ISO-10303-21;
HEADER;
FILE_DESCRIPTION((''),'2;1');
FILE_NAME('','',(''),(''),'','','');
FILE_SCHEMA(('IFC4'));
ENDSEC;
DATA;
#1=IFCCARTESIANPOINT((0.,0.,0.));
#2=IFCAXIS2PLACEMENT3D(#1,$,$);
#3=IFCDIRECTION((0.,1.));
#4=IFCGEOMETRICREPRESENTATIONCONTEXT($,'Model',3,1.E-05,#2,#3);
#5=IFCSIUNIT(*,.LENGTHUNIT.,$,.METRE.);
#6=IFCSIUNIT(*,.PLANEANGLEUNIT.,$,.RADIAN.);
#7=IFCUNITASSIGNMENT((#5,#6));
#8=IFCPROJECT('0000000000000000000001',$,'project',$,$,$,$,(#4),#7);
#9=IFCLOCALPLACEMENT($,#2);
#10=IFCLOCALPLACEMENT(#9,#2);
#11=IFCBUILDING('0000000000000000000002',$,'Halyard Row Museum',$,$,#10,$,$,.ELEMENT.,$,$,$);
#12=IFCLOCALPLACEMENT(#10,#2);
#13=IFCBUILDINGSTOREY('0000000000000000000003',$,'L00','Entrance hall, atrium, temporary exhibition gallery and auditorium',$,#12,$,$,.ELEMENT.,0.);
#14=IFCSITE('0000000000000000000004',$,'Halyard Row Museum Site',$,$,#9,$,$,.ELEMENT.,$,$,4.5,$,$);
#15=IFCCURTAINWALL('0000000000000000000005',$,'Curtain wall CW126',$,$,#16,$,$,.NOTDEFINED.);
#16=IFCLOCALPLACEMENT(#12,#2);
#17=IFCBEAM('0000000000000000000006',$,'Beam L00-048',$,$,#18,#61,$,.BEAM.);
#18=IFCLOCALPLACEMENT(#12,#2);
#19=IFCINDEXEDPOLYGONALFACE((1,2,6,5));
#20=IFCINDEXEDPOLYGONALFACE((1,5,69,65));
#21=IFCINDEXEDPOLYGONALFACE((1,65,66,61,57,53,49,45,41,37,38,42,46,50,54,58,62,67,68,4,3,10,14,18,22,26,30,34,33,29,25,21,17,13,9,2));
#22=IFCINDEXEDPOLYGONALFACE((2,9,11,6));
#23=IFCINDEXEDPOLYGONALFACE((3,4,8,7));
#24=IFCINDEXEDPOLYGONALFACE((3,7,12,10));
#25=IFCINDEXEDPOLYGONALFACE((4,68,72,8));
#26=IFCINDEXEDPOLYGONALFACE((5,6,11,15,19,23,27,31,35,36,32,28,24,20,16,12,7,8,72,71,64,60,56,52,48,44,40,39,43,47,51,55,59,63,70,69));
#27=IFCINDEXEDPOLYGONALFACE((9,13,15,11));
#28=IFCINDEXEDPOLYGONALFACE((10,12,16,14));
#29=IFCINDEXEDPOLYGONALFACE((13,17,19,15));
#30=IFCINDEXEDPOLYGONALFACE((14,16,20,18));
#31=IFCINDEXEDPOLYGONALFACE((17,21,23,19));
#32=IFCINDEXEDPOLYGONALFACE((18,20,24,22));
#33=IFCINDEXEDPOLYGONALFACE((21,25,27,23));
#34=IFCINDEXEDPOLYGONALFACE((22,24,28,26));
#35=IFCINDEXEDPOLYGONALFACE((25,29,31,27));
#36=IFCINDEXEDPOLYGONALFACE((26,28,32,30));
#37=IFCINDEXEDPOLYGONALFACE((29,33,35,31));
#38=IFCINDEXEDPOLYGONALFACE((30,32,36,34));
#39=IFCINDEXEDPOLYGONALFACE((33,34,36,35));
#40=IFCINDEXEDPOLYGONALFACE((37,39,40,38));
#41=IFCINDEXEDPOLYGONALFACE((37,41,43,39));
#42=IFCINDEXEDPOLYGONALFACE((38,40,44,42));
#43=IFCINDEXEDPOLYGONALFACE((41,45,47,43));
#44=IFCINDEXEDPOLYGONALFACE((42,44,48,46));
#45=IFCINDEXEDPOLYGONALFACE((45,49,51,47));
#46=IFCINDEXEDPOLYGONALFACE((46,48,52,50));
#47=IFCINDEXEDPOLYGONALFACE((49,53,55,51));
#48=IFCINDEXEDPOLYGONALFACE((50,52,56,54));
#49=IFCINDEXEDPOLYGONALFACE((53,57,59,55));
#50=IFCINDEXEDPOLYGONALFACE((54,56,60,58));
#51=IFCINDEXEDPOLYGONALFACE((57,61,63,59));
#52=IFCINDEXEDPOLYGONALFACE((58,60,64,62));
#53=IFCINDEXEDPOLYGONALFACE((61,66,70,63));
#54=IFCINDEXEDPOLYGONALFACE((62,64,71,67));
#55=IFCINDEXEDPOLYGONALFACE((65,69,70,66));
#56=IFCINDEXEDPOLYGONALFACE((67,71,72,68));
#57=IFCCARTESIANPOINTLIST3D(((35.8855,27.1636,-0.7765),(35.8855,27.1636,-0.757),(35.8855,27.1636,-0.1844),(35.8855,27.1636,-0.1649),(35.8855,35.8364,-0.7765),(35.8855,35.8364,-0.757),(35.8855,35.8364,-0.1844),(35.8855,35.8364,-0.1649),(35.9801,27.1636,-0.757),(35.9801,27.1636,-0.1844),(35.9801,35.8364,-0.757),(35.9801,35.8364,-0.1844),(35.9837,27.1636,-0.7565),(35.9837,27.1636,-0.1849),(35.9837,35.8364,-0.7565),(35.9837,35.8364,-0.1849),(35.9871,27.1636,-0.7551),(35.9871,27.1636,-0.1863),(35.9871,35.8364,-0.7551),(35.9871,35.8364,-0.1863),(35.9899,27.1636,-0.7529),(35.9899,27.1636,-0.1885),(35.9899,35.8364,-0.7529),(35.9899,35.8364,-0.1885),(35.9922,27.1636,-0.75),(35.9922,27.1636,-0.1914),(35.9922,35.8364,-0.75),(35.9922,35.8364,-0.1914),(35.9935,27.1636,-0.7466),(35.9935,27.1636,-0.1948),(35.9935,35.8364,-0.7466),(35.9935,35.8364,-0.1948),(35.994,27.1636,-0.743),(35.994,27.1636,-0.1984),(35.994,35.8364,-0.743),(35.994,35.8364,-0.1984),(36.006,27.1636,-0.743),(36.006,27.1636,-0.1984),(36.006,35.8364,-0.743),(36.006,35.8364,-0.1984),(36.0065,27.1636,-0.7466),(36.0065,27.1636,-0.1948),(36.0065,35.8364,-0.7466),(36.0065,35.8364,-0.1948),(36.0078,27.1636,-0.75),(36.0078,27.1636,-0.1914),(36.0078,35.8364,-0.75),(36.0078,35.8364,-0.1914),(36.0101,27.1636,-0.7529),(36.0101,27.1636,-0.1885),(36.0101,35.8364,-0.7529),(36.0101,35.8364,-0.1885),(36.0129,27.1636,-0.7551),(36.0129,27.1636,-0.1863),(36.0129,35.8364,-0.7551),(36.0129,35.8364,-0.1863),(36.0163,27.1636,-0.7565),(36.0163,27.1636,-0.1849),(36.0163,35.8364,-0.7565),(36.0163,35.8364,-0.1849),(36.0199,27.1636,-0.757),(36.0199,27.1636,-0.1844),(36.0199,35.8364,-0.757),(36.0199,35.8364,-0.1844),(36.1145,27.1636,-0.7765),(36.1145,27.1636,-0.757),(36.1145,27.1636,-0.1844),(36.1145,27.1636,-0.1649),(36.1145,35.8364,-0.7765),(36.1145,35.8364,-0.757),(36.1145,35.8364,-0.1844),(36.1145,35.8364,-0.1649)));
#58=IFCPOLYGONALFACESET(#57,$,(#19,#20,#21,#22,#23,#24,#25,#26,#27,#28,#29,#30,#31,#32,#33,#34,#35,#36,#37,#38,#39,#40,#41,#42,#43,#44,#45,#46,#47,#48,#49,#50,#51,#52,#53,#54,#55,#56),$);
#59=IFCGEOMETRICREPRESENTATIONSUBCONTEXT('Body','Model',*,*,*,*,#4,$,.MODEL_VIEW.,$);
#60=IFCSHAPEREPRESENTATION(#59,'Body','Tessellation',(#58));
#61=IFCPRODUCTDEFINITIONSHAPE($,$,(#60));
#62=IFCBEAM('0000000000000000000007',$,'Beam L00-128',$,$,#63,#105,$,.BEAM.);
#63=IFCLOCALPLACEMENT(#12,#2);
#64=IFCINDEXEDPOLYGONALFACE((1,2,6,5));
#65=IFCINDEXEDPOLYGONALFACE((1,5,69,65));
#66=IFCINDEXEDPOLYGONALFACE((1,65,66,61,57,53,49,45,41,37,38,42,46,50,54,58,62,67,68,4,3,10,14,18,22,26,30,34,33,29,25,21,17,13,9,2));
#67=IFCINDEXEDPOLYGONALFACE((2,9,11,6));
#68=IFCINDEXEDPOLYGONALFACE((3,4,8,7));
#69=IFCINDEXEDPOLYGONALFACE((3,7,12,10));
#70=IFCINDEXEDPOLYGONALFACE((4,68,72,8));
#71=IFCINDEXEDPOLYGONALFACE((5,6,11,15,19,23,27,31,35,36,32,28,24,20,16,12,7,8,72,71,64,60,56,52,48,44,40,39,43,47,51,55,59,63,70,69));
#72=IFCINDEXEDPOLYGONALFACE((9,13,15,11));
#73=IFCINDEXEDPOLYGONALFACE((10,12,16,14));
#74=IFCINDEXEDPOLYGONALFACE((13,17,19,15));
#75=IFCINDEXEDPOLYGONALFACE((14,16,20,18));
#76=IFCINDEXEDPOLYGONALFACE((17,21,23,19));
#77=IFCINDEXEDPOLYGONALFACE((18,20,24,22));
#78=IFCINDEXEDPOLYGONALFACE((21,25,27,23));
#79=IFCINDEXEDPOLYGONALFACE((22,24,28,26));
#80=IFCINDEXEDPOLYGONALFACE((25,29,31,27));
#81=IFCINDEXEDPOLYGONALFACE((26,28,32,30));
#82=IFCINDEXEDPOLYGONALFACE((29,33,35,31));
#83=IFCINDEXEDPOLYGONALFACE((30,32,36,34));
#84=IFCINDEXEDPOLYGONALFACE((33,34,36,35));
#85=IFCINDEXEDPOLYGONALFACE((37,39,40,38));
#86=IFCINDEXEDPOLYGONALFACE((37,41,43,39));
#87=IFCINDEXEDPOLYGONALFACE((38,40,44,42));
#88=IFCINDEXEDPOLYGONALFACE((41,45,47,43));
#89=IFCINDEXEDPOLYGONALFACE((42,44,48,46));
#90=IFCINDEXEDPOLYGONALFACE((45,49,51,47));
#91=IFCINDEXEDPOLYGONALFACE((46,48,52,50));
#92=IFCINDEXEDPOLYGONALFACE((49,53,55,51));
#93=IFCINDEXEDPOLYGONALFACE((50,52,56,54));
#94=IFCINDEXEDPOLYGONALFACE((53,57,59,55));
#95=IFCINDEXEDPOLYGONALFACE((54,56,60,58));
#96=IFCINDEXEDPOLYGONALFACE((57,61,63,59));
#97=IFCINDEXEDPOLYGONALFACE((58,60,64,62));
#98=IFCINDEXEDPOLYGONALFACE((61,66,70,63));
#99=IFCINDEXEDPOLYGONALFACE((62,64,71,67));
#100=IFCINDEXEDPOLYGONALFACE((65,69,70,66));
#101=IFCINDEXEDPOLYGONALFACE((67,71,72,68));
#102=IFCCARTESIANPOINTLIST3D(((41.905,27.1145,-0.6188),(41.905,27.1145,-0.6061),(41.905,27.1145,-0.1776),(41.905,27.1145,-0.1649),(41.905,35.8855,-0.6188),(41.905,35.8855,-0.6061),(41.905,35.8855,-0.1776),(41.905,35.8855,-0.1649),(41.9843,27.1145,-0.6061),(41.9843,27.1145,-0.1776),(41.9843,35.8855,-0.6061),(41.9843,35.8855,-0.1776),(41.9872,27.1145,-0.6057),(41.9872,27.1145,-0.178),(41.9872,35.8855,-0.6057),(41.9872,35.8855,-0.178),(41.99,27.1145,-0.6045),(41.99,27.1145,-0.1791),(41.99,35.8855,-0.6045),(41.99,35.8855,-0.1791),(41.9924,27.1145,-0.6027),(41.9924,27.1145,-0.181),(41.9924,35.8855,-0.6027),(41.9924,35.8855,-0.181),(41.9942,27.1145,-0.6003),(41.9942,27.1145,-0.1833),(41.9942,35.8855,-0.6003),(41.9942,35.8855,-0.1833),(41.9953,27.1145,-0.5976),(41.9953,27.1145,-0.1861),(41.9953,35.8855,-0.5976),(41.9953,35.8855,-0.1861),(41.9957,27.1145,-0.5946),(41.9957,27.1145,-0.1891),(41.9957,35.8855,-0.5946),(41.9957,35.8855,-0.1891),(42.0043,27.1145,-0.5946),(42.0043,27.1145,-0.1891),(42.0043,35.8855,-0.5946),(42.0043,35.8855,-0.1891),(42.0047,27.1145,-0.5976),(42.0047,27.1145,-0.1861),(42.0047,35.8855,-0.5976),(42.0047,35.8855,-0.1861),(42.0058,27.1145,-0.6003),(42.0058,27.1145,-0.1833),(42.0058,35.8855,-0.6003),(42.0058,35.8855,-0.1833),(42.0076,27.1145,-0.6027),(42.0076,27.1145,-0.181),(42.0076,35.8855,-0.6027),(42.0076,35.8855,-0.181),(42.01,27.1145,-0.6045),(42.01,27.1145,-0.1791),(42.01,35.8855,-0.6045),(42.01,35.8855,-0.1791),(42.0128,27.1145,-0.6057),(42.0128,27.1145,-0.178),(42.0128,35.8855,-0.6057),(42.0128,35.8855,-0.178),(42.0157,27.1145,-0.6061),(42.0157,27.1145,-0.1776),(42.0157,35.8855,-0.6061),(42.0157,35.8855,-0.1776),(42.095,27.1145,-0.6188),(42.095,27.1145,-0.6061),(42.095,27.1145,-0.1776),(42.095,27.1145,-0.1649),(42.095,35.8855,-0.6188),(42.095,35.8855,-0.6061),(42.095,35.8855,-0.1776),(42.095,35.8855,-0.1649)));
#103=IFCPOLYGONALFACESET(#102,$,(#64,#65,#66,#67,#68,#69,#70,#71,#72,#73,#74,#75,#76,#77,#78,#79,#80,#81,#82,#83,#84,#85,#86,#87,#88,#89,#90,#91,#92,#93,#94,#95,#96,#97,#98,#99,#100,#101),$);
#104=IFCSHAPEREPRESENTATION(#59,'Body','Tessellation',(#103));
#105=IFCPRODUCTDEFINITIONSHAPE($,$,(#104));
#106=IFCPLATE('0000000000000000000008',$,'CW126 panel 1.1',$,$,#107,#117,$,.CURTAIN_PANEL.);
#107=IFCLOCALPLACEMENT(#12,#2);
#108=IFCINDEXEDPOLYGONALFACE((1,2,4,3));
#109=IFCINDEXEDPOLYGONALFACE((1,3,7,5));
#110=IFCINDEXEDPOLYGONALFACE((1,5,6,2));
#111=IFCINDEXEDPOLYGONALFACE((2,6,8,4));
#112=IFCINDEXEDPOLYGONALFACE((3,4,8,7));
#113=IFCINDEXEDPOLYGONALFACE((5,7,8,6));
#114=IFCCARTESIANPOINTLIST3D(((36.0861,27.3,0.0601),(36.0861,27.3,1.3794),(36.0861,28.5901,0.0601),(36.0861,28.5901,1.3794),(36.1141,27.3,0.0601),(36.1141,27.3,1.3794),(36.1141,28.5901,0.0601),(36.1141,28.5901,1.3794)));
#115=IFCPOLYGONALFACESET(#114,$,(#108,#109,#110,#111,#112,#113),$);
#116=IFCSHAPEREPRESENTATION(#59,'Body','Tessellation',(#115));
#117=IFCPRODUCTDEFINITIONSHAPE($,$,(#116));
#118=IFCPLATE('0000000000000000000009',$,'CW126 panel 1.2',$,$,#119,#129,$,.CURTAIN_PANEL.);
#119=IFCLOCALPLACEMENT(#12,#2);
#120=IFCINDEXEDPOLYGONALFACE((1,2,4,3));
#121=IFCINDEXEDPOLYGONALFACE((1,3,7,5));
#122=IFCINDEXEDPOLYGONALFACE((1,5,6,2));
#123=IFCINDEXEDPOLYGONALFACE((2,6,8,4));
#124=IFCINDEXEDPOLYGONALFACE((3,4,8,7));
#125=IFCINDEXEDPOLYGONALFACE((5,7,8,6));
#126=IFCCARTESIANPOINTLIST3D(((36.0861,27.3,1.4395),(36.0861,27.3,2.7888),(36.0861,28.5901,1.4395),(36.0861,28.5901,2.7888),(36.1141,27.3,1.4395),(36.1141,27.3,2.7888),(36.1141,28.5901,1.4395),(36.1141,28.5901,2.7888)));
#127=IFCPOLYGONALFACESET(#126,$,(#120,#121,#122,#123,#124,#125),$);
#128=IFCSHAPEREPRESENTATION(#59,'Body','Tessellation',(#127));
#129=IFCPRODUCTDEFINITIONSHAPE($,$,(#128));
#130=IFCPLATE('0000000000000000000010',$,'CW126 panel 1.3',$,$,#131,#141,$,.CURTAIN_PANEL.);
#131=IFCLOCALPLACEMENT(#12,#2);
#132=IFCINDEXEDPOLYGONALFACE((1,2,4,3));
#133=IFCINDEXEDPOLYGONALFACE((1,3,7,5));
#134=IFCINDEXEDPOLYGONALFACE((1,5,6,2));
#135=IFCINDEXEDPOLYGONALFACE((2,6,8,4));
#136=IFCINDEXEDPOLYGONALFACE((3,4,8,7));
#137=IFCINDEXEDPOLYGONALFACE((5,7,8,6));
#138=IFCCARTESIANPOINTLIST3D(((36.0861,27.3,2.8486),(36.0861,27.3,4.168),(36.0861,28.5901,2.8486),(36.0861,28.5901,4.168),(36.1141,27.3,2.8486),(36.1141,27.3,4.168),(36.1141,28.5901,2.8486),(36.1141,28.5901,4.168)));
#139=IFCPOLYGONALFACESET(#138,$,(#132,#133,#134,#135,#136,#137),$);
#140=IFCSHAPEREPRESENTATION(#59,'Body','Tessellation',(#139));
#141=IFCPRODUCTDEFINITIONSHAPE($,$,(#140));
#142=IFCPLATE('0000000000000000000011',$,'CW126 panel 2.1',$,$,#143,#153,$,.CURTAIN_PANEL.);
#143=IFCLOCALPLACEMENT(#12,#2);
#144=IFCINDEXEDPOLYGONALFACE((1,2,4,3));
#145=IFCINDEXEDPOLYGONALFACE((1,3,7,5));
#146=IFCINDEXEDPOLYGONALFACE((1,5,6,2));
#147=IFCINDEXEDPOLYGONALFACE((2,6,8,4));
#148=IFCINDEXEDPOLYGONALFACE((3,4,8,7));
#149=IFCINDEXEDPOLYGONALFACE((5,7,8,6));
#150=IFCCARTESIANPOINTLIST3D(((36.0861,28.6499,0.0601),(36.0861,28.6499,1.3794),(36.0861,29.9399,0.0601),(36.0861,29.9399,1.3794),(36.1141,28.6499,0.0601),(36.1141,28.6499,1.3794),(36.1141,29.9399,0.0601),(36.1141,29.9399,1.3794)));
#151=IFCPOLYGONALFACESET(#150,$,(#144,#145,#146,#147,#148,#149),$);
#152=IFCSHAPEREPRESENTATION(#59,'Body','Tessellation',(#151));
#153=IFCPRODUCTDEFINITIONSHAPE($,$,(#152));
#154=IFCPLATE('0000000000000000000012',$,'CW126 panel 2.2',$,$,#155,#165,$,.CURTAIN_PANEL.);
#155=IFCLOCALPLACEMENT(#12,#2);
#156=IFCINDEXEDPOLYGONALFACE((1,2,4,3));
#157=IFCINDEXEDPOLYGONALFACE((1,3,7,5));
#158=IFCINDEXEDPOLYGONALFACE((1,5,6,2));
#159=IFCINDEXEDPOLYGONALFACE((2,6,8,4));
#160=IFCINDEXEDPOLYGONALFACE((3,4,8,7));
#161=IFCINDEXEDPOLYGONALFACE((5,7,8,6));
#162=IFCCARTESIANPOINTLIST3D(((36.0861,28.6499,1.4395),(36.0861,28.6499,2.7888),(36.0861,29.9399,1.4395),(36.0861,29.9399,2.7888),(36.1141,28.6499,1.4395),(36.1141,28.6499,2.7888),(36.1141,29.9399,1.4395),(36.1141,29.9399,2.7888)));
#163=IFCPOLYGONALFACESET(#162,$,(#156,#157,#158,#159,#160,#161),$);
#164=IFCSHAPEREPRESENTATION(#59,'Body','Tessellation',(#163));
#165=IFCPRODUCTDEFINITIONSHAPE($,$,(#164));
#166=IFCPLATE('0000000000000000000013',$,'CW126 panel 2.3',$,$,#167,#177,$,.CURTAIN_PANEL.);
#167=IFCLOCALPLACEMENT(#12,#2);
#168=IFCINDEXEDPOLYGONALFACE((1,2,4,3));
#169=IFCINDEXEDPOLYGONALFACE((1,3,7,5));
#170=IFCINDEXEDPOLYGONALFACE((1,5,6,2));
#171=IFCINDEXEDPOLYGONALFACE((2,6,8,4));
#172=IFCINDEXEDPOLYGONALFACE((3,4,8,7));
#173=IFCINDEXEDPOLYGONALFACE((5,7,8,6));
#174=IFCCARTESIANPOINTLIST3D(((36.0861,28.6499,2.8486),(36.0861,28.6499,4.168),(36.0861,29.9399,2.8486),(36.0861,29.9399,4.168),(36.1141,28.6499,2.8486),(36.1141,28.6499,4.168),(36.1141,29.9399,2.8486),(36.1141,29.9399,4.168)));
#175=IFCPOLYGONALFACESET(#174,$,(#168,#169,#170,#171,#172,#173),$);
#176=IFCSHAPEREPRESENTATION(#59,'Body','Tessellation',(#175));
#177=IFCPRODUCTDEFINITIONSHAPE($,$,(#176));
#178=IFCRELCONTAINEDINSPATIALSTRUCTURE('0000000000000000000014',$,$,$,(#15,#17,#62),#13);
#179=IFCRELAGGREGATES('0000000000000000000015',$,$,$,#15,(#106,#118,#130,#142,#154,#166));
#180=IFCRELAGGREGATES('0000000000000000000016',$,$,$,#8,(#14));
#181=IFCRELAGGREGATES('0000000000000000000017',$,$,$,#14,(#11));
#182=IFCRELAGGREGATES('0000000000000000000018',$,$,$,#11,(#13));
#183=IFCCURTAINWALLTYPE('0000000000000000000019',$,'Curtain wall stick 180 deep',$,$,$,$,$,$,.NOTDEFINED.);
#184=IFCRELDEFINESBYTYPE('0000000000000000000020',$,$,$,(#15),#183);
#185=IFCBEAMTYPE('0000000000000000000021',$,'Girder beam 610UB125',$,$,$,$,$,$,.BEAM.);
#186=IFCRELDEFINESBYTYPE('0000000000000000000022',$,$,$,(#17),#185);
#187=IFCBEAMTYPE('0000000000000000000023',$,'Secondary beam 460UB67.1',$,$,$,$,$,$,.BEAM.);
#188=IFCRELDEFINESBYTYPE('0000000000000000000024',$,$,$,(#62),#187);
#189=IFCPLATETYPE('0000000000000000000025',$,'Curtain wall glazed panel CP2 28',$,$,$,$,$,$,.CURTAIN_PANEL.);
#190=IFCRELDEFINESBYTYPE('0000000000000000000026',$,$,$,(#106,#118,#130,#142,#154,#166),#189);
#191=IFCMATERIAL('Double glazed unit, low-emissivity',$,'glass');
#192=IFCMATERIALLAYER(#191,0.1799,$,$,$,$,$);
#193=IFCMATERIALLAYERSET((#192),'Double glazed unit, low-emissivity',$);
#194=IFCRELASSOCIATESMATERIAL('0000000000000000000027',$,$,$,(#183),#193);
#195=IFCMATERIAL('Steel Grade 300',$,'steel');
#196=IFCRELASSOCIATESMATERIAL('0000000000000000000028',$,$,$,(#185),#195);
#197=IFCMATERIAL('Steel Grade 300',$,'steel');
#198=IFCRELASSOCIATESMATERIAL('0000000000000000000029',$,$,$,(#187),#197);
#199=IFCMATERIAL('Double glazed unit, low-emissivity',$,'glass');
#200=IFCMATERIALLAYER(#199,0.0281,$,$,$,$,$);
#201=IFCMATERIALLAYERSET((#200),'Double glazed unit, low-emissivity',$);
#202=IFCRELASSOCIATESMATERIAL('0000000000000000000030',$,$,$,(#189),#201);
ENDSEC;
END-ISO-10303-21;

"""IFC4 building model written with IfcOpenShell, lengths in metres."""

from ifc_helpers import new_model, si_unit, direction, frame, origin, origin_2d, place, context, subcontext, project, spatial, rectangle, i_section, extrude, material, layer, layer_set, material_profile, profile_set, type_object, element, aggregate, save


model = new_model("IFC4")

# Units and contexts
model_context = context("Model", 3, precision=1e-05, world=origin(), true_north=direction((0.0, 1.0)))
body_context = subcontext(model_context, "Body", "Model", "MODEL_VIEW")
ifc_project = project(units=[si_unit("LENGTHUNIT", "METRE"), si_unit("PLANEANGLEUNIT", "RADIAN")], contexts=[model_context])

# Site, building, storey
site_placement = place(None, origin())
site = spatial("IfcSite", under=ifc_project, at=site_placement, Name="Halyard Row Museum Site", CompositionType="ELEMENT", RefElevation=4.5)
building_placement = place(site_placement, origin())
building = spatial("IfcBuilding", under=site, at=building_placement, Name="Halyard Row Museum", CompositionType="ELEMENT")
storey_placement = place(building_placement, origin())
storey = spatial("IfcBuildingStorey", under=building, at=storey_placement, Name="L00", Description="Entrance hall, atrium, temporary exhibition gallery and auditorium", CompositionType="ELEMENT", Elevation=0.0)

# Curtain wall
ifc_material_1 = material(Name="Double glazed unit, low-emissivity", Category="glass")
ifc_layer_1 = layer(ifc_material_1, 0.1799)
ifc_layer_set_1 = layer_set([ifc_layer_1], Name="Double glazed unit, low-emissivity")
curtain_wall_type = type_object("IfcCurtainWallType", Name="Curtain wall stick 180 deep", PredefinedType="NOTDEFINED", material=ifc_layer_set_1)
curtain_wall_1_placement = place(storey_placement, origin())
curtain_wall_1 = element("IfcCurtainWall", 1, at=curtain_wall_1_placement, inside=storey, type_object=curtain_wall_type, Name="Curtain wall CW126", PredefinedType="NOTDEFINED")

# Beams
ifc_material_2 = material(Name="Steel Grade 300", Category="steel")
ifc_material_profile_1 = material_profile(ifc_material_2, i_section(OverallWidth=0.229, OverallDepth=0.6116, WebThickness=0.012, FlangeThickness=0.0195, FilletRadius=0.0139, at=origin_2d()), Name="610UB125")
ifc_profile_set_1 = profile_set([ifc_material_profile_1], Name="Steel Grade 300")
beam_type_1 = type_object("IfcBeamType", Name="Girder beam 610UB125", PredefinedType="BEAM", material=ifc_profile_set_1)
beam_1_placement = place(storey_placement, frame((36.0, 27.1636, -0.4707), z_axis=(0.0, 1.0, 0.0), x_axis=(-1.0, 0.0, 0.0)))
element("IfcBeam", 2, at=beam_1_placement, inside=storey, type_object=beam_type_1, Name="Beam L00-048", PredefinedType="BEAM", context=body_context, shape_type="SweptSolid", body=[
    extrude(i_section(OverallWidth=0.229, OverallDepth=0.6116, WebThickness=0.012, FlangeThickness=0.0195, FilletRadius=0.0139, at=origin_2d()), origin(), (0.0, 0.0, 1.0), 8.6729),
])
ifc_material_3 = material(Name="Steel Grade 300", Category="steel")
ifc_material_profile_2 = material_profile(ifc_material_3, i_section(OverallWidth=0.1899, OverallDepth=0.4539, WebThickness=0.0085, FlangeThickness=0.0127, FilletRadius=0.0115, at=origin_2d()), Name="460UB67.1")
ifc_profile_set_2 = profile_set([ifc_material_profile_2], Name="Steel Grade 300")
beam_type_2 = type_object("IfcBeamType", Name="Secondary beam 460UB67.1", PredefinedType="BEAM", material=ifc_profile_set_2)
beam_2_placement = place(storey_placement, frame((42.0, 27.1145, -0.3918), z_axis=(0.0, 1.0, 0.0), x_axis=(-1.0, 0.0, 0.0)))
element("IfcBeam", 3, at=beam_2_placement, inside=storey, type_object=beam_type_2, Name="Beam L00-128", PredefinedType="BEAM", context=body_context, shape_type="SweptSolid", body=[
    extrude(i_section(OverallWidth=0.1899, OverallDepth=0.4539, WebThickness=0.0085, FlangeThickness=0.0127, FilletRadius=0.0115, at=origin_2d()), origin(), (0.0, 0.0, 1.0), 8.771),
])

# Plates
ifc_material_4 = material(Name="Double glazed unit, low-emissivity", Category="glass")
ifc_layer_2 = layer(ifc_material_4, 0.0281)
ifc_layer_set_2 = layer_set([ifc_layer_2], Name="Double glazed unit, low-emissivity")
plate_type = type_object("IfcPlateType", Name="Curtain wall glazed panel CP2 28", PredefinedType="CURTAIN_PANEL", material=ifc_layer_set_2)
plate_1_placement = place(storey_placement, frame((36.1001, 27.9451, 0.0601), z_axis=(0.0, 0.0, 1.0), x_axis=(0.0, 1.0, 0.0)))
plate_1 = element("IfcPlate", 4, at=plate_1_placement, type_object=plate_type, Name="CW126 panel 1.1", PredefinedType="CURTAIN_PANEL", context=body_context, shape_type="SweptSolid", body=[
    extrude(rectangle(XDim=1.29, YDim=0.0281, at=origin_2d()), origin(), (0.0, 0.0, 1.0), 1.3193),
])
plate_2_placement = place(storey_placement, frame((36.1001, 27.9451, 1.4395), z_axis=(0.0, 0.0, 1.0), x_axis=(0.0, 1.0, 0.0)))
plate_2 = element("IfcPlate", 5, at=plate_2_placement, type_object=plate_type, Name="CW126 panel 1.2", PredefinedType="CURTAIN_PANEL", context=body_context, shape_type="SweptSolid", body=[
    extrude(rectangle(XDim=1.29, YDim=0.0281, at=origin_2d()), origin(), (0.0, 0.0, 1.0), 1.3494),
])
plate_3_placement = place(storey_placement, frame((36.1001, 27.9451, 2.8486), z_axis=(0.0, 0.0, 1.0), x_axis=(0.0, 1.0, 0.0)))
plate_3 = element("IfcPlate", 6, at=plate_3_placement, type_object=plate_type, Name="CW126 panel 1.3", PredefinedType="CURTAIN_PANEL", context=body_context, shape_type="SweptSolid", body=[
    extrude(rectangle(XDim=1.29, YDim=0.0281, at=origin_2d()), origin(), (0.0, 0.0, 1.0), 1.3193),
])
plate_4_placement = place(storey_placement, frame((36.1001, 29.2949, 0.0601), z_axis=(0.0, 0.0, 1.0), x_axis=(0.0, 1.0, 0.0)))
plate_4 = element("IfcPlate", 7, at=plate_4_placement, type_object=plate_type, Name="CW126 panel 2.1", PredefinedType="CURTAIN_PANEL", context=body_context, shape_type="SweptSolid", body=[
    extrude(rectangle(XDim=1.29, YDim=0.0281, at=origin_2d()), origin(), (0.0, 0.0, 1.0), 1.3193),
])
plate_5_placement = place(storey_placement, frame((36.1001, 29.2949, 1.4395), z_axis=(0.0, 0.0, 1.0), x_axis=(0.0, 1.0, 0.0)))
plate_5 = element("IfcPlate", 8, at=plate_5_placement, type_object=plate_type, Name="CW126 panel 2.2", PredefinedType="CURTAIN_PANEL", context=body_context, shape_type="SweptSolid", body=[
    extrude(rectangle(XDim=1.29, YDim=0.0281, at=origin_2d()), origin(), (0.0, 0.0, 1.0), 1.3494),
])
plate_6_placement = place(storey_placement, frame((36.1001, 29.2949, 2.8486), z_axis=(0.0, 0.0, 1.0), x_axis=(0.0, 1.0, 0.0)))
plate_6 = element("IfcPlate", 9, at=plate_6_placement, type_object=plate_type, Name="CW126 panel 2.3", PredefinedType="CURTAIN_PANEL", context=body_context, shape_type="SweptSolid", body=[
    extrude(rectangle(XDim=1.29, YDim=0.0281, at=origin_2d()), origin(), (0.0, 0.0, 1.0), 1.3193),
])
aggregate(curtain_wall_1, [plate_1, plate_2, plate_3, plate_4, plate_5, plate_6])

save(model, "model.ifc")
